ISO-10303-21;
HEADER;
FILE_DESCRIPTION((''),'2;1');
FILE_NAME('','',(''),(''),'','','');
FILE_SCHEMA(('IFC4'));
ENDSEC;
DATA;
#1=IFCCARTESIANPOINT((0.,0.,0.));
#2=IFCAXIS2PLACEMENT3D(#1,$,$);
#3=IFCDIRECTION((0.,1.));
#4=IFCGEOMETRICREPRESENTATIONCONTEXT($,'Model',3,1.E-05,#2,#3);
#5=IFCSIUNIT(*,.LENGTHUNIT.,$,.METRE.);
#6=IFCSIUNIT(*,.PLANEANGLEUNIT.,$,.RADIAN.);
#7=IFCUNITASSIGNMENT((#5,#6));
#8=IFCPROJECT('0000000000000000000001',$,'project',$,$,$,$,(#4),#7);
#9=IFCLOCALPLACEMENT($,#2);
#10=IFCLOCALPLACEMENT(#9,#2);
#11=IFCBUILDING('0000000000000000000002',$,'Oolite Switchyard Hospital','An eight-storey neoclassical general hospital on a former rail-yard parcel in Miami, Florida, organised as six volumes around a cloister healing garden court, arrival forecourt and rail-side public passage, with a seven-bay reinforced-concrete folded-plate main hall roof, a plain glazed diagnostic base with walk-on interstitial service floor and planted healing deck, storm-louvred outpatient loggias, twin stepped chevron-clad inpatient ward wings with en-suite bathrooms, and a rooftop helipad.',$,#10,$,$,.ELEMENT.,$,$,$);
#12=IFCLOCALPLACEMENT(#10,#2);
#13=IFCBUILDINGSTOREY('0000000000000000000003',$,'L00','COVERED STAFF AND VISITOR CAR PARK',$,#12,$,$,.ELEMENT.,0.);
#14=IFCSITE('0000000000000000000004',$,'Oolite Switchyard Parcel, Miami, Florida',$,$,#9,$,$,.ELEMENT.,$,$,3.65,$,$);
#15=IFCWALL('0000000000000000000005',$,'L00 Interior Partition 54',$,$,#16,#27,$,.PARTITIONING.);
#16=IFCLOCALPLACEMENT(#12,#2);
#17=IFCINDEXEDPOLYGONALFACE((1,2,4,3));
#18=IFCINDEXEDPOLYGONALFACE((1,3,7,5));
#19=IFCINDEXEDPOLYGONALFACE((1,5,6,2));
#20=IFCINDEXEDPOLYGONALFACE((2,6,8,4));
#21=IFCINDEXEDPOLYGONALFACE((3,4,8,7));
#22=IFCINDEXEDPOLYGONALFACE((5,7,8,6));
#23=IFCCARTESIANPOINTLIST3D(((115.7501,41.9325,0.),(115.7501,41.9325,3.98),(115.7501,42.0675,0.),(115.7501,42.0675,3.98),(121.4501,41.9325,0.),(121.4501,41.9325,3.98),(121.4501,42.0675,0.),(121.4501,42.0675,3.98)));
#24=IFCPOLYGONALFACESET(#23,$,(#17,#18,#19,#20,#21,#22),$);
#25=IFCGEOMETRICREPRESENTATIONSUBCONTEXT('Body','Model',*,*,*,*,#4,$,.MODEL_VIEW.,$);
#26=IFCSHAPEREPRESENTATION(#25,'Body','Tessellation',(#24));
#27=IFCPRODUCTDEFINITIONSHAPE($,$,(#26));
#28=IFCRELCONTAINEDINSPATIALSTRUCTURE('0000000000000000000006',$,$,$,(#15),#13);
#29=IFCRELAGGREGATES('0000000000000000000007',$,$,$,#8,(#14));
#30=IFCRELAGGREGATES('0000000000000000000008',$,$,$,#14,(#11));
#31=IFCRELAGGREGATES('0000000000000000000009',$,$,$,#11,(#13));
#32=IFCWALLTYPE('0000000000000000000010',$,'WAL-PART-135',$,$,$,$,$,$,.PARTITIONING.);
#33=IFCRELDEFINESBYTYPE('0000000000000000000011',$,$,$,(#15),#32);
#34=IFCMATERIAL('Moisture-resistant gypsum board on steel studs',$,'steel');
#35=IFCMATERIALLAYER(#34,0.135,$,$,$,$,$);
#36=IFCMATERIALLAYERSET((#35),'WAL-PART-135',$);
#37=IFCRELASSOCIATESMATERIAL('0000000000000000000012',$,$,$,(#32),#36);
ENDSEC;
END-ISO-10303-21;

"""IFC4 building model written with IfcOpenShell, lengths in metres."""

from ifc_helpers import new_model, si_unit, direction, frame, frame_2d, origin, place, context, subcontext, project, spatial, rectangle, extrude, material, layer, layer_set, type_object, element, save


model = new_model("IFC4")

# Units and contexts
model_context = context("Model", 3, precision=1e-05, world=origin(), true_north=direction((0.0, 1.0)))
body_context = subcontext(model_context, "Body", "Model", "MODEL_VIEW")
ifc_project = project(units=[si_unit("LENGTHUNIT", "METRE"), si_unit("PLANEANGLEUNIT", "RADIAN")], contexts=[model_context])

# Site, building, storey
site_placement = place(None, origin())
site = spatial("IfcSite", under=ifc_project, at=site_placement, Name="Oolite Switchyard Parcel, Miami, Florida", CompositionType="ELEMENT", RefElevation=3.65)
building_placement = place(site_placement, origin())
building = spatial("IfcBuilding", under=site, at=building_placement, Name="Oolite Switchyard Hospital", Description="An eight-storey neoclassical general hospital on a former rail-yard parcel in Miami, Florida, organised as six volumes around a cloister healing garden court, arrival forecourt and rail-side public passage, with a seven-bay reinforced-concrete folded-plate main hall roof, a plain glazed diagnostic base with walk-on interstitial service floor and planted healing deck, storm-louvred outpatient loggias, twin stepped chevron-clad inpatient ward wings with en-suite bathrooms, and a rooftop helipad.", CompositionType="ELEMENT")
storey_placement = place(building_placement, origin())
storey = spatial("IfcBuildingStorey", under=building, at=storey_placement, Name="L00", Description="COVERED STAFF AND VISITOR CAR PARK", CompositionType="ELEMENT", Elevation=0.0)

# Wall
ifc_material_1 = material(Name="Moisture-resistant gypsum board on steel studs", Category="steel")
ifc_layer_1 = layer(ifc_material_1, 0.135)
ifc_layer_set_1 = layer_set([ifc_layer_1], Name="WAL-PART-135")
wall_type = type_object("IfcWallType", Name="WAL-PART-135", PredefinedType="PARTITIONING", material=ifc_layer_set_1)
wall_placement = place(storey_placement, frame((115.75, 42.0, 0.0), z_axis=(0.0, 0.0, 1.0), x_axis=(1.0, 0.0, 0.0)))
element("IfcWall", 1, at=wall_placement, inside=storey, type_object=wall_type, Name="L00 Interior Partition 54", PredefinedType="PARTITIONING", context=body_context, shape_type="SweptSolid", body=[
    extrude(rectangle(XDim=5.7, YDim=0.135, at=frame_2d((2.8501, 0.0))), origin(), (0.0, 0.0, 1.0), 3.98),
])

save(model, "model.ifc")
